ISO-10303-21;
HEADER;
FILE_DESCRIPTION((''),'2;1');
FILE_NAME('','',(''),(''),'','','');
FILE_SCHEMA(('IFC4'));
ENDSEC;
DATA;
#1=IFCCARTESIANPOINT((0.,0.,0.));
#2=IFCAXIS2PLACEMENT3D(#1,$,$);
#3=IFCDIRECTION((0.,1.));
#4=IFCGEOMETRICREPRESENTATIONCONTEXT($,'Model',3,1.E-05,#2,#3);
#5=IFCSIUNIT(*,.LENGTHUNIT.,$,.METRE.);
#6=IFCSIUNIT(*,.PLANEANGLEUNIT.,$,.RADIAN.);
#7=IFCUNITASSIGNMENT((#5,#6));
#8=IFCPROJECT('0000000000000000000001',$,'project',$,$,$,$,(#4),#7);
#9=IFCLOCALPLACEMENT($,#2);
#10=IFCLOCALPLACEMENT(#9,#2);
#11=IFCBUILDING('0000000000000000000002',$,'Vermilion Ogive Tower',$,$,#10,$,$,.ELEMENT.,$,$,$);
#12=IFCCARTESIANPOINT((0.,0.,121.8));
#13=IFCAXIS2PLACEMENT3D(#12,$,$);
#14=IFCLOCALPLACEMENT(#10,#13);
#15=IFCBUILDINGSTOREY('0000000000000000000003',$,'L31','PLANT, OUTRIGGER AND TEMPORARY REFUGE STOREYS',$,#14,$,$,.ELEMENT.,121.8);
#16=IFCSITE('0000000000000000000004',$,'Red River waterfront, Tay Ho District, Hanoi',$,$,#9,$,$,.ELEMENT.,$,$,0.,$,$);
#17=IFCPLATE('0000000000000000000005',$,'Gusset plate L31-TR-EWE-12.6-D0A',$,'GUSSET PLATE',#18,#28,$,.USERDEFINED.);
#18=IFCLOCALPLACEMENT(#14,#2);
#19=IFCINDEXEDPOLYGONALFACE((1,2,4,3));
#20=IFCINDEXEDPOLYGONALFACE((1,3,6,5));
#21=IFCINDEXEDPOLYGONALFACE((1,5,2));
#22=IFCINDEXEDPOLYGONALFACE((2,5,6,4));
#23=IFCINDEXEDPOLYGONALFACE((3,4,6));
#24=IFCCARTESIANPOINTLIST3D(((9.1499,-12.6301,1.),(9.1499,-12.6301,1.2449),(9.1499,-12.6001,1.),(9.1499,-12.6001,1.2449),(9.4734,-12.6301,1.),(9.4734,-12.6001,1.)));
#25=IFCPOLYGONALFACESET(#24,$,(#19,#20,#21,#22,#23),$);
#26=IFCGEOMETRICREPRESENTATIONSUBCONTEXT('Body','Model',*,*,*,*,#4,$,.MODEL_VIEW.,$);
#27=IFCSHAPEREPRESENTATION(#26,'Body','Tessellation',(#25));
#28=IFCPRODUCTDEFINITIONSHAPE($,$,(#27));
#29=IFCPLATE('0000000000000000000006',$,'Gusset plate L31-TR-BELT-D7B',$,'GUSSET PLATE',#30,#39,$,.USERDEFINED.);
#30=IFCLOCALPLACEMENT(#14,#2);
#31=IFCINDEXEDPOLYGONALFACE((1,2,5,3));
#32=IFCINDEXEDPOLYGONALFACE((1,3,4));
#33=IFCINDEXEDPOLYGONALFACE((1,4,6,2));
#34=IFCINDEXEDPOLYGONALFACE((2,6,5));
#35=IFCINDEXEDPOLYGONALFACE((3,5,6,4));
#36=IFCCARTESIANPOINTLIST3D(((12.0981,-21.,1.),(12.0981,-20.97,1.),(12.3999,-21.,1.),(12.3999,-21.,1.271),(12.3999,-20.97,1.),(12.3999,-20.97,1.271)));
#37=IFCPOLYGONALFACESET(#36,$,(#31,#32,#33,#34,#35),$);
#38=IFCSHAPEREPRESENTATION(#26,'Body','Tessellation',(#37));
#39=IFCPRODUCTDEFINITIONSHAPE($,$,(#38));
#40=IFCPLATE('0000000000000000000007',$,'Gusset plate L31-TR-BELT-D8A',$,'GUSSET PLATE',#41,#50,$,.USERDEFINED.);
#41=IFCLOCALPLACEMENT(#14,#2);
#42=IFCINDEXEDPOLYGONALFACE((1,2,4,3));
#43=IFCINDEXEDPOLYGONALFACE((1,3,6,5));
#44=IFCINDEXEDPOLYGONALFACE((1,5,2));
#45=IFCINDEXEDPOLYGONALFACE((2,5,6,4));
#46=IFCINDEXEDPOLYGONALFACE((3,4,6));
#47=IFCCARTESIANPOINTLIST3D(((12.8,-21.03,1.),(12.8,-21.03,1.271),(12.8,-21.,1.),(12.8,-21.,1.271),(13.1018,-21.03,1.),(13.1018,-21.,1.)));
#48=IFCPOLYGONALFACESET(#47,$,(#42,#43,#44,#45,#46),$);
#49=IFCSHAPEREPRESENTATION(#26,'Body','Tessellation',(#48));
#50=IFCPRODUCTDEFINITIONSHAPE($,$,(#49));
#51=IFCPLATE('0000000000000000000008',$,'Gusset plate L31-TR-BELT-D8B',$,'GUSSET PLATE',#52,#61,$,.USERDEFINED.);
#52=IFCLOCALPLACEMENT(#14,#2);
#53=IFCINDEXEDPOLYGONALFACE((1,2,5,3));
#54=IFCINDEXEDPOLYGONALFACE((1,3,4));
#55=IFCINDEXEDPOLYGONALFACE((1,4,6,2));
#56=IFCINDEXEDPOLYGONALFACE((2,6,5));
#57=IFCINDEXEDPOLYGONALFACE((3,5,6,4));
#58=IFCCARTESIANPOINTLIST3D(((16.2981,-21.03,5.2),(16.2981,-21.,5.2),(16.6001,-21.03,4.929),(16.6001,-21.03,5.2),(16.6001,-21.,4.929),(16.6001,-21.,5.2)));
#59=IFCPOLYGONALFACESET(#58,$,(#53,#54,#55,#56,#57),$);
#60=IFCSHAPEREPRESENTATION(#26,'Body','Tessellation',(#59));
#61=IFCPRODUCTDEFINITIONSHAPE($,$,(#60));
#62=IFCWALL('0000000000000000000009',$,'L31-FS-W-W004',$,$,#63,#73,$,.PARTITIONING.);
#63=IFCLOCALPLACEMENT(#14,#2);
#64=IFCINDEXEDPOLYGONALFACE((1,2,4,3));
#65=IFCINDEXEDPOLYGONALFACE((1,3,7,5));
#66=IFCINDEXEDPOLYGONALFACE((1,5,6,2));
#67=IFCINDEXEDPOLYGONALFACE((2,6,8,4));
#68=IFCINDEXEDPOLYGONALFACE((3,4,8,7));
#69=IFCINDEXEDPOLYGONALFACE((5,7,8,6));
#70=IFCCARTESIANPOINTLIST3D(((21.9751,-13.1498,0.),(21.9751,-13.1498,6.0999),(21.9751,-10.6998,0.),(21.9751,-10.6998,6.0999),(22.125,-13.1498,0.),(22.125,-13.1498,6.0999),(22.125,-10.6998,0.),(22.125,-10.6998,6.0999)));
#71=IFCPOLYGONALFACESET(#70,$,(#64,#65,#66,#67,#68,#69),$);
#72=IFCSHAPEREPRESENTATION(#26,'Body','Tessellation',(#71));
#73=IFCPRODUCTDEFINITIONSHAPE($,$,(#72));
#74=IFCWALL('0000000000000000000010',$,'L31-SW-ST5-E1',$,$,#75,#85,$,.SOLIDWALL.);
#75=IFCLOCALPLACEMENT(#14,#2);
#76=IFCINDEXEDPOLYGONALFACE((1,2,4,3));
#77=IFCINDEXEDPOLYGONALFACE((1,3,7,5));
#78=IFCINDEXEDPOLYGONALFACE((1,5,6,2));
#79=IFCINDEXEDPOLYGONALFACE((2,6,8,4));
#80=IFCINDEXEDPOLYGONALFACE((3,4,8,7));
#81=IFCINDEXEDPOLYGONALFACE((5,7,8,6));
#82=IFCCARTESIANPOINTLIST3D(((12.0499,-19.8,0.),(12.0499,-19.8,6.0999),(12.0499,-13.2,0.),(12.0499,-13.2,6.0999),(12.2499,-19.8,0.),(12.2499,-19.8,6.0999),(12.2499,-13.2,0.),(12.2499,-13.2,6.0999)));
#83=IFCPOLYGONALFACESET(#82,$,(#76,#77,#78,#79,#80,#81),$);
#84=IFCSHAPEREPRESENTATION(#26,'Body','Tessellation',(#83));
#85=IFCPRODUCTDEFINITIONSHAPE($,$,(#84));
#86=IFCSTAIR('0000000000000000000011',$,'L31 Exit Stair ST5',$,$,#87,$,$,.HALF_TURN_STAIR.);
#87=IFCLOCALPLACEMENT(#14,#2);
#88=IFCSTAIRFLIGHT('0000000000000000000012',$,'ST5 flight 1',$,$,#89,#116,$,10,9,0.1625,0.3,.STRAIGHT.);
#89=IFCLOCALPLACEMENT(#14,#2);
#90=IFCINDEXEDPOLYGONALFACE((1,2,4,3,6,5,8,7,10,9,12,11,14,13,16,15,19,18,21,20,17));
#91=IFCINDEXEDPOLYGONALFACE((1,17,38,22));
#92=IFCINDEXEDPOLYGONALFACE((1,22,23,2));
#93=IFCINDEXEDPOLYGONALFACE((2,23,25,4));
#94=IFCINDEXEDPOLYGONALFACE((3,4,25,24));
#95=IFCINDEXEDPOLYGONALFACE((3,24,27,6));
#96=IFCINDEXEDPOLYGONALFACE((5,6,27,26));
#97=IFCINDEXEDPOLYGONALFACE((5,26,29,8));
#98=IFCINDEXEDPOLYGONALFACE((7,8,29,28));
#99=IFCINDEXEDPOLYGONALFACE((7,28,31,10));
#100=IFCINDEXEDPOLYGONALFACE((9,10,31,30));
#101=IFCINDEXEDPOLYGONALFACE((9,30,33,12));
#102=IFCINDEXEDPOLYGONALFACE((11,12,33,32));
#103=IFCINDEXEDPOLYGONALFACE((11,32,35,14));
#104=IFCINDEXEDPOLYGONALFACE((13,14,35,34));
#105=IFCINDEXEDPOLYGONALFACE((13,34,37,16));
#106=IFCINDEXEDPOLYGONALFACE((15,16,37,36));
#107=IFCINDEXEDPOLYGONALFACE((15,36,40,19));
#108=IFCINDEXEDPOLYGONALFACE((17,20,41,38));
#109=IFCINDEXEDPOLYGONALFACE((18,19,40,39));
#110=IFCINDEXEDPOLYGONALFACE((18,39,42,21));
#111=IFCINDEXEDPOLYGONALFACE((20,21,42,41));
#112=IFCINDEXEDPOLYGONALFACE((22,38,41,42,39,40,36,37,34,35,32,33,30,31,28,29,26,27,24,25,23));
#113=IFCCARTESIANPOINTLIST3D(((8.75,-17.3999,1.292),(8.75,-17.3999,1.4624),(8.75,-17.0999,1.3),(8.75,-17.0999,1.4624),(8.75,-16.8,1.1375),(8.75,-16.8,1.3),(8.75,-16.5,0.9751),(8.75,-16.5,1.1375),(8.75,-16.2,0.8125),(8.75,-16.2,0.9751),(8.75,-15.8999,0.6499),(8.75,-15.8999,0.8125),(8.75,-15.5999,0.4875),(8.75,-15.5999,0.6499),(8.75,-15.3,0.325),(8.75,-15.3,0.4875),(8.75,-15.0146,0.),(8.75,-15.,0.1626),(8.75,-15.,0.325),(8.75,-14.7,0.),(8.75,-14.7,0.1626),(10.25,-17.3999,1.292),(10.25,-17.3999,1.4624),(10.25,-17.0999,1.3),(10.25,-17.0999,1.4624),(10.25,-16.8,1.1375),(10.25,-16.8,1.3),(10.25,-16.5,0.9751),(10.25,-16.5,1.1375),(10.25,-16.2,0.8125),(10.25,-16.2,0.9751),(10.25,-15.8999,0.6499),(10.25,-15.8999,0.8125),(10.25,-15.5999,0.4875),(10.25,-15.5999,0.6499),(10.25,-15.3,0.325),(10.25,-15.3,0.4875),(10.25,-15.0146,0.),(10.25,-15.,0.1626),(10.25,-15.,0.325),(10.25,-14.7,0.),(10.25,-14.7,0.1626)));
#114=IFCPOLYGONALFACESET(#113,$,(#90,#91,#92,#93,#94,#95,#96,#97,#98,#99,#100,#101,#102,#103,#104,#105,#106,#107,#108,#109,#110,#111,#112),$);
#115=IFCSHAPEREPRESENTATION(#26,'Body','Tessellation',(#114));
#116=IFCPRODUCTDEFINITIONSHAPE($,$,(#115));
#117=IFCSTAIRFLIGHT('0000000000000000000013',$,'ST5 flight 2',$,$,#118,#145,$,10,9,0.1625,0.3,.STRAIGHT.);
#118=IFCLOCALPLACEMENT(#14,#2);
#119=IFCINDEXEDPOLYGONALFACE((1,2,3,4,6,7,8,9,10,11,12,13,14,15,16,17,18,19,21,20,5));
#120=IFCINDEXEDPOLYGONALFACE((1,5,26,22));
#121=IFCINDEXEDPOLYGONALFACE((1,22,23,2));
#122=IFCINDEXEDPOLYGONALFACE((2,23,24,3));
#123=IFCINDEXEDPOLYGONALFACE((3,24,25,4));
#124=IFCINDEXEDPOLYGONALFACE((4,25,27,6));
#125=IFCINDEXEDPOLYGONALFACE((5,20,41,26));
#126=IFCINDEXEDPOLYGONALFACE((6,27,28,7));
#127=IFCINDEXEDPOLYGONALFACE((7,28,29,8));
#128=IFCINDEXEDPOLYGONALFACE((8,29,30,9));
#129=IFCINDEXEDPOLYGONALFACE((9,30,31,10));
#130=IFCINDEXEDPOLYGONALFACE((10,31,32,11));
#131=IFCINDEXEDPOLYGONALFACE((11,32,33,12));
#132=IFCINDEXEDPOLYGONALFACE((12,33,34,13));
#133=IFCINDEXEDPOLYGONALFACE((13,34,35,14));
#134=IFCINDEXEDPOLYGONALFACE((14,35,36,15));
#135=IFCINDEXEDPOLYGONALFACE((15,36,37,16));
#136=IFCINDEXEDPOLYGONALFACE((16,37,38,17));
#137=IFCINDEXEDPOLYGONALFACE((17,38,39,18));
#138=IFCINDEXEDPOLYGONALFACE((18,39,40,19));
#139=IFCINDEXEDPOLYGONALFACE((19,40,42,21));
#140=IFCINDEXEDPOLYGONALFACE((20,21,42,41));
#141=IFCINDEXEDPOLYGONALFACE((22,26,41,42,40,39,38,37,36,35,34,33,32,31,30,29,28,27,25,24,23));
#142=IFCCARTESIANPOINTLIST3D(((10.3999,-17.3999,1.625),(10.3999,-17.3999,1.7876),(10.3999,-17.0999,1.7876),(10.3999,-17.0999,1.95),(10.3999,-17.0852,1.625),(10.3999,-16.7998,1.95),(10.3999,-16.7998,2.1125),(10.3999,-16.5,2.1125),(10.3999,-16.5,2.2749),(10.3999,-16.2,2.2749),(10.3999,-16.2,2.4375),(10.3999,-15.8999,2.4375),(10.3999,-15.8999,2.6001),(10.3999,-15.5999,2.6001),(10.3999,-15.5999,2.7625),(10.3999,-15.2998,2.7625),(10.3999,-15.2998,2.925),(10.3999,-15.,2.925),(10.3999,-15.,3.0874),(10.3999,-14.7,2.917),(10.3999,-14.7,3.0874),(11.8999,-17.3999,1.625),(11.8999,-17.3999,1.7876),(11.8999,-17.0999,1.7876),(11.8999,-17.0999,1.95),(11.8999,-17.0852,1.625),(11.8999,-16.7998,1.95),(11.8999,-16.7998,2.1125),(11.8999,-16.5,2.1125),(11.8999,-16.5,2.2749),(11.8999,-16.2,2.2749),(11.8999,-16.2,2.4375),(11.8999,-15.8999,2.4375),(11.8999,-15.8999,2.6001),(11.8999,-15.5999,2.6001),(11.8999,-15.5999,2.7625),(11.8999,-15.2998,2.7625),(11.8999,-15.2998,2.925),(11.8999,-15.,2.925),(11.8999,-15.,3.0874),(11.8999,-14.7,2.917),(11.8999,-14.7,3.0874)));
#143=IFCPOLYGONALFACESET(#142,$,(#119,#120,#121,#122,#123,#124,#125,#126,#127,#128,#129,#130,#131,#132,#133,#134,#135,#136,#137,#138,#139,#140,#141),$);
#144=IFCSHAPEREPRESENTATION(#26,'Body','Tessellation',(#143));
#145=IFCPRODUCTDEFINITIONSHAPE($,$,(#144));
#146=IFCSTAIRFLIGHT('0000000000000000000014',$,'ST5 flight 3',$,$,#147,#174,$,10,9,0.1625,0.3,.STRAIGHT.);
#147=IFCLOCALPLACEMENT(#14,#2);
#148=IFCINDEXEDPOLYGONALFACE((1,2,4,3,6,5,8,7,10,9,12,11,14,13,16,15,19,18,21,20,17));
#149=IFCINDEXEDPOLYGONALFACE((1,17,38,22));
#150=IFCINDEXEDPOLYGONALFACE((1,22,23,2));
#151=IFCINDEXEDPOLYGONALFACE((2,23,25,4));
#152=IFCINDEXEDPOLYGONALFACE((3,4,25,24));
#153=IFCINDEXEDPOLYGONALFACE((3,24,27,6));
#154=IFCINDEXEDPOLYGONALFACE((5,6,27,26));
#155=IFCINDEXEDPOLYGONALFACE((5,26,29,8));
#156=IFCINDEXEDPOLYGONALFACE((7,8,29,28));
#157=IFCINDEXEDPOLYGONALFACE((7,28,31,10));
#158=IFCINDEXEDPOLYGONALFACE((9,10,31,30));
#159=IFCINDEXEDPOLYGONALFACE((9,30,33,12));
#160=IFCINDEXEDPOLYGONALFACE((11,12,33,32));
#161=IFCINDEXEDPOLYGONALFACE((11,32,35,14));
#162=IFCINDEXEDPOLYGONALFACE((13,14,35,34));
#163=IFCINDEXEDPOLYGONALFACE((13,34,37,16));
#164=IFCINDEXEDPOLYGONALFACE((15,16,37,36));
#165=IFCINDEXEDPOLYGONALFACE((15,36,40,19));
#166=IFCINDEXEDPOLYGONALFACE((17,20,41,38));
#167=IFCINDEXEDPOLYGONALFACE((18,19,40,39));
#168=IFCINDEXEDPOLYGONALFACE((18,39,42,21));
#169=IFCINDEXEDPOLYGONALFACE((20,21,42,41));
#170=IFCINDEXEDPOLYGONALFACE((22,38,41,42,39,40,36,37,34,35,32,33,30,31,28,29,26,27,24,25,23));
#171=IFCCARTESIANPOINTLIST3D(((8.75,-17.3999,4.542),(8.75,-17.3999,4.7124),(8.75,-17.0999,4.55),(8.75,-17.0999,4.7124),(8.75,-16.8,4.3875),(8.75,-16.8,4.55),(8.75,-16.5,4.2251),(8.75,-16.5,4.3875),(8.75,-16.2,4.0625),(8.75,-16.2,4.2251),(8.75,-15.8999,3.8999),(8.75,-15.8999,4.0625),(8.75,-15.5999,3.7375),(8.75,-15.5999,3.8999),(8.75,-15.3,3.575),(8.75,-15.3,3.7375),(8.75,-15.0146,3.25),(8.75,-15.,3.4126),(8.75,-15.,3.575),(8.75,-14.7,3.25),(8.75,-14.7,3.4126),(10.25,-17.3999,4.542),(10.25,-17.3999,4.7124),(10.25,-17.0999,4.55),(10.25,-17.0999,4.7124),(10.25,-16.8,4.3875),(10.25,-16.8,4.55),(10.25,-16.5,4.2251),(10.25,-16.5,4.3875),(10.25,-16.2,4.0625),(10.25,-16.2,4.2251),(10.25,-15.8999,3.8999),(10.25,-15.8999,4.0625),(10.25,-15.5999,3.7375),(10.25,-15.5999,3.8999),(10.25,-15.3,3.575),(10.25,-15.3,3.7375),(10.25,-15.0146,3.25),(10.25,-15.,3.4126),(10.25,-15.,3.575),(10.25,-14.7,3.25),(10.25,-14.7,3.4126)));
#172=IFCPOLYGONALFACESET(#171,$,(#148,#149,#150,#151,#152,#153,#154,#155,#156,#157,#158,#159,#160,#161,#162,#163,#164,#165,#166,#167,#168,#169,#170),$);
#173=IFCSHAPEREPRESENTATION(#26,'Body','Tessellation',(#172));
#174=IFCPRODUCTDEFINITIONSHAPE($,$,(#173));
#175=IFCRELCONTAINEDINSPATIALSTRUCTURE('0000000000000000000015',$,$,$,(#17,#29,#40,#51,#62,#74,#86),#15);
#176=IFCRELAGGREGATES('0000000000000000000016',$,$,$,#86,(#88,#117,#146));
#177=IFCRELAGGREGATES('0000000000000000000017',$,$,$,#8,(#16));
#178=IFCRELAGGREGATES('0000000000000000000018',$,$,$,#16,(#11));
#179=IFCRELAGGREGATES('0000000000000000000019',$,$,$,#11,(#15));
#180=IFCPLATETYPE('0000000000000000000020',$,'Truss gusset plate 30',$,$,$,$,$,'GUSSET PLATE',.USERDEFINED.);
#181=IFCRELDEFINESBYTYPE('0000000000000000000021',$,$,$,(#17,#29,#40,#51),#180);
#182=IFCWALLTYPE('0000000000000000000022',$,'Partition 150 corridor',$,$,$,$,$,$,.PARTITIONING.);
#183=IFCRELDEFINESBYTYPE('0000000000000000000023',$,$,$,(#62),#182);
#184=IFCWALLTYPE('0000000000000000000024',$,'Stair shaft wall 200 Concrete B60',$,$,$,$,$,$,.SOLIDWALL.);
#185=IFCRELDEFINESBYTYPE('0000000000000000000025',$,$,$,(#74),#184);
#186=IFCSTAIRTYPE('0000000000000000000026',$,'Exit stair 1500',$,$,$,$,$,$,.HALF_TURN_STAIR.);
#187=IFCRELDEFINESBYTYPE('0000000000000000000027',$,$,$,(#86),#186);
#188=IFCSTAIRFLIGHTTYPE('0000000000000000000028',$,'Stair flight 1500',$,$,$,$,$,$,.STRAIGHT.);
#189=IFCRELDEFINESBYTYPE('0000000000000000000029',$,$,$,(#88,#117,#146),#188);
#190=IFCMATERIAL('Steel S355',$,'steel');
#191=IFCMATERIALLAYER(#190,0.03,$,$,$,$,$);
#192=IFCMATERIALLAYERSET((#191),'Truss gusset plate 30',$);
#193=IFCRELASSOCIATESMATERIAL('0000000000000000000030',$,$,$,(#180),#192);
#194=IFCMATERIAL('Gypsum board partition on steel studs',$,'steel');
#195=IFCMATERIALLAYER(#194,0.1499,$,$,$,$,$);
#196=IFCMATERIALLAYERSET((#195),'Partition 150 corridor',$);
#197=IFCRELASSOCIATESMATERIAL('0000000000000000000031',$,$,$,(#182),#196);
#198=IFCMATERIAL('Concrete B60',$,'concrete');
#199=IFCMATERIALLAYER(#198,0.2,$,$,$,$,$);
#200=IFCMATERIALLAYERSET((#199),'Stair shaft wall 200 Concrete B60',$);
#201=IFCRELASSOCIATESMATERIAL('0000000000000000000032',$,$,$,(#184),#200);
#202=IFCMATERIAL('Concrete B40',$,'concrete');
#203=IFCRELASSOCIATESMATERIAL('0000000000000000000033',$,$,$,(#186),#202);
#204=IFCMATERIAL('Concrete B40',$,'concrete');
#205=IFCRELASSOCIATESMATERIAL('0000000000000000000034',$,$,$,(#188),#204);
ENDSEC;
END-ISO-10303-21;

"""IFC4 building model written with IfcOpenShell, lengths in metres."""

from ifc_helpers import new_model, si_unit, direction, frame, frame_2d, origin, place, context, subcontext, project, spatial, polyline, rectangle, outline, extrude, material, layer, layer_set, type_object, element, aggregate, save


model = new_model("IFC4")

# Units and contexts
model_context = context("Model", 3, precision=1e-05, world=origin(), true_north=direction((0.0, 1.0)))
body_context = subcontext(model_context, "Body", "Model", "MODEL_VIEW")
ifc_project = project(units=[si_unit("LENGTHUNIT", "METRE"), si_unit("PLANEANGLEUNIT", "RADIAN")], contexts=[model_context])

# Site, building, storey
site_placement = place(None, origin())
site = spatial("IfcSite", under=ifc_project, at=site_placement, Name="Red River waterfront, Tay Ho District, Hanoi", CompositionType="ELEMENT", RefElevation=0.0)
building_placement = place(site_placement, origin())
building = spatial("IfcBuilding", under=site, at=building_placement, Name="Vermilion Ogive Tower", CompositionType="ELEMENT")
storey_placement = place(building_placement, frame((0.0, 0.0, 121.8)))
storey = spatial("IfcBuildingStorey", under=building, at=storey_placement, Name="L31", Description="PLANT, OUTRIGGER AND TEMPORARY REFUGE STOREYS", CompositionType="ELEMENT", Elevation=121.8)

# Plates
ifc_material_1 = material(Name="Steel S355", Category="steel")
ifc_layer_1 = layer(ifc_material_1, 0.03)
ifc_layer_set_1 = layer_set([ifc_layer_1], Name="Truss gusset plate 30")
plate_type_1 = type_object("IfcPlateType", Name="Truss gusset plate 30", ElementType="GUSSET PLATE", PredefinedType="USERDEFINED", material=ifc_layer_set_1)
plate_1_placement = place(storey_placement, frame((9.1499, -12.6001, 1.2449), z_axis=(0.0, 1.0, 0.0), x_axis=(0.79732, 0.0, -0.603556)))
element("IfcPlate", 1, at=plate_1_placement, inside=storey, type_object=plate_type_1, Name="Gusset plate L31-TR-EWE-12.6-D0A", ObjectType="GUSSET PLATE", PredefinedType="USERDEFINED", context=body_context, shape_type="SweptSolid", body=[
    extrude(outline(polyline([(0.0, 0.0), (0.4057, 0.0), (0.1478, 0.1952), (0.0, 0.0)])), origin(), (0.0, 0.0, -1.0), 0.03),
])
for number, where, z_axis, x_axis, name in (
    (2, (12.3999, -21.0, 1.271), (0.0, -1.0, 0.0), (-0.744012, 0.0, -0.668166), "Gusset plate L31-TR-BELT-D7B"),
    (3, (12.8, -21.0, 1.271), (0.0, 1.0, 0.0), (0.744012, 0.0, -0.668166), "Gusset plate L31-TR-BELT-D8A"),
):
    element("IfcPlate", number, at=place(storey_placement, frame(where, z_axis=z_axis, x_axis=x_axis)), inside=storey, type_object=plate_type_1, Name=name, ObjectType="GUSSET PLATE", PredefinedType="USERDEFINED", context=body_context, shape_type="SweptSolid", body=[
        extrude(outline(polyline([(0.0, 0.0), (0.4056, 0.0), (0.1811, 0.2016), (0.0, 0.0)])), origin(), (0.0, 0.0, -1.0), 0.03),
    ])
plate_2_placement = place(storey_placement, frame((16.6001, -21.0, 4.929), z_axis=(0.0, 1.0, 0.0), x_axis=(-0.744281, 0.0, 0.667867)))
element("IfcPlate", 4, at=plate_2_placement, inside=storey, type_object=plate_type_1, Name="Gusset plate L31-TR-BELT-D8B", ObjectType="GUSSET PLATE", PredefinedType="USERDEFINED", context=body_context, shape_type="SweptSolid", body=[
    extrude(outline(polyline([(0.0, 0.0), (0.4058, 0.0), (0.181, 0.2017), (0.0, 0.0)])), origin(), (0.0, 0.0, -1.0), 0.03),
])

# Walls
ifc_material_2 = material(Name="Gypsum board partition on steel studs", Category="steel")
ifc_layer_2 = layer(ifc_material_2, 0.1499)
ifc_layer_set_2 = layer_set([ifc_layer_2], Name="Partition 150 corridor")
wall_type_1 = type_object("IfcWallType", Name="Partition 150 corridor", PredefinedType="PARTITIONING", material=ifc_layer_set_2)
wall_1_placement = place(storey_placement, frame((22.05, -13.1499, 0.0), z_axis=(0.0, 0.0, 1.0), x_axis=(0.0, 1.0, 0.0)))
element("IfcWall", 5, at=wall_1_placement, inside=storey, type_object=wall_type_1, Name="L31-FS-W-W004", PredefinedType="PARTITIONING", context=body_context, shape_type="SweptSolid", body=[
    extrude(rectangle(XDim=2.45, YDim=0.1499, at=frame_2d((1.2251, 0.0))), origin(), (0.0, 0.0, 1.0), 6.0999),
])
ifc_material_3 = material(Name="Concrete B60", Category="concrete")
ifc_layer_3 = layer(ifc_material_3, 0.2)
ifc_layer_set_3 = layer_set([ifc_layer_3], Name="Stair shaft wall 200 Concrete B60")
wall_type_2 = type_object("IfcWallType", Name="Stair shaft wall 200 Concrete B60", PredefinedType="SOLIDWALL", material=ifc_layer_set_3)
wall_2_placement = place(storey_placement, frame((12.1499, -19.8, 0.0), z_axis=(0.0, 0.0, 1.0), x_axis=(0.0, 1.0, 0.0)))
element("IfcWall", 6, at=wall_2_placement, inside=storey, type_object=wall_type_2, Name="L31-SW-ST5-E1", PredefinedType="SOLIDWALL", context=body_context, shape_type="SweptSolid", body=[
    extrude(rectangle(XDim=6.6001, YDim=0.2, at=frame_2d((3.3, 0.0))), origin(), (0.0, 0.0, 1.0), 6.0999),
])

# Stair, stair flights
ifc_material_4 = material(Name="Concrete B40", Category="concrete")
stair_type = type_object("IfcStairType", Name="Exit stair 1500", PredefinedType="HALF_TURN_STAIR", material=ifc_material_4)
stair_placement = place(storey_placement, origin())
stair = element("IfcStair", 7, at=stair_placement, inside=storey, type_object=stair_type, Name="L31 Exit Stair ST5", PredefinedType="HALF_TURN_STAIR")
ifc_material_5 = material(Name="Concrete B40", Category="concrete")
stair_flight_type = type_object("IfcStairFlightType", Name="Stair flight 1500", PredefinedType="STRAIGHT", material=ifc_material_5)
stair_flight_1_placement = place(storey_placement, frame((9.5, -14.7, 0.0), z_axis=(0.0, 0.0, 1.0), x_axis=(0.0, -1.0, 0.0)))
stair_flight_1 = element("IfcStairFlight", 8, at=stair_flight_1_placement, type_object=stair_flight_type, Name="ST5 flight 1", NumberOfRisers=10, NumberOfTreads=9, PredefinedType="STRAIGHT", RiserHeight=0.1625, TreadLength=0.3, context=body_context, shape_type="SweptSolid", body=[
    extrude(outline(polyline([(0.0, 0.0), (0.0, 0.1626), (0.3, 0.1626), (0.3, 0.325), (0.6001, 0.325), (0.6001, 0.4875), (0.8999, 0.4875), (0.8999, 0.6499), (1.2, 0.6499), (1.2, 0.8125), (1.5, 0.8125), (1.5, 0.9751), (1.8, 0.9751), (1.8, 1.1375), (2.1001, 1.1375), (2.1001, 1.3), (2.3999, 1.3), (2.3999, 1.4624), (2.7, 1.4624), (2.7, 1.625), (2.7, 1.292), (0.3147, 0.0), (0.0, 0.0)])), frame((0.0, 0.75, 0.0), z_axis=(0.0, -1.0, 0.0), x_axis=(1.0, 0.0, 0.0)), (0.0, 0.0, 1.0), 1.5),
])
stair_flight_2_placement = place(storey_placement, frame((11.1499, -17.3999, 1.625), z_axis=(0.0, 0.0, 1.0), x_axis=(0.0, 1.0, 0.0)))
stair_flight_2 = element("IfcStairFlight", 9, at=stair_flight_2_placement, type_object=stair_flight_type, Name="ST5 flight 2", NumberOfRisers=10, NumberOfTreads=9, PredefinedType="STRAIGHT", RiserHeight=0.1625, TreadLength=0.3, context=body_context, shape_type="SweptSolid", body=[
    extrude(outline(polyline([(0.0, 0.0), (0.0, 0.1626), (0.3, 0.1626), (0.3, 0.325), (0.6001, 0.325), (0.6001, 0.4875), (0.8999, 0.4875), (0.8999, 0.6499), (1.2, 0.6499), (1.2, 0.8125), (1.5, 0.8125), (1.5, 0.9751), (1.8, 0.9751), (1.8, 1.1375), (2.1001, 1.1375), (2.1001, 1.3), (2.3999, 1.3), (2.3999, 1.4624), (2.7, 1.4624), (2.7, 1.625), (2.7, 1.292), (0.3147, 0.0), (0.0, 0.0)])), frame((0.0, 0.75, 0.0), z_axis=(0.0, -1.0, 0.0), x_axis=(1.0, 0.0, 0.0)), (0.0, 0.0, 1.0), 1.5),
])
stair_flight_3_placement = place(storey_placement, frame((9.5, -14.7, 3.25), z_axis=(0.0, 0.0, 1.0), x_axis=(0.0, -1.0, 0.0)))
stair_flight_3 = element("IfcStairFlight", 10, at=stair_flight_3_placement, type_object=stair_flight_type, Name="ST5 flight 3", NumberOfRisers=10, NumberOfTreads=9, PredefinedType="STRAIGHT", RiserHeight=0.1625, TreadLength=0.3, context=body_context, shape_type="SweptSolid", body=[
    extrude(outline(polyline([(0.0, 0.0), (0.0, 0.1626), (0.3, 0.1626), (0.3, 0.325), (0.6001, 0.325), (0.6001, 0.4875), (0.8999, 0.4875), (0.8999, 0.6499), (1.2, 0.6499), (1.2, 0.8125), (1.5, 0.8125), (1.5, 0.9751), (1.8, 0.9751), (1.8, 1.1375), (2.1001, 1.1375), (2.1001, 1.3), (2.3999, 1.3), (2.3999, 1.4624), (2.7, 1.4624), (2.7, 1.625), (2.7, 1.292), (0.3147, 0.0), (0.0, 0.0)])), frame((0.0, 0.75, 0.0), z_axis=(0.0, -1.0, 0.0), x_axis=(1.0, 0.0, 0.0)), (0.0, 0.0, 1.0), 1.5),
])
aggregate(stair, [stair_flight_1, stair_flight_2, stair_flight_3])

save(model, "model.ifc")
